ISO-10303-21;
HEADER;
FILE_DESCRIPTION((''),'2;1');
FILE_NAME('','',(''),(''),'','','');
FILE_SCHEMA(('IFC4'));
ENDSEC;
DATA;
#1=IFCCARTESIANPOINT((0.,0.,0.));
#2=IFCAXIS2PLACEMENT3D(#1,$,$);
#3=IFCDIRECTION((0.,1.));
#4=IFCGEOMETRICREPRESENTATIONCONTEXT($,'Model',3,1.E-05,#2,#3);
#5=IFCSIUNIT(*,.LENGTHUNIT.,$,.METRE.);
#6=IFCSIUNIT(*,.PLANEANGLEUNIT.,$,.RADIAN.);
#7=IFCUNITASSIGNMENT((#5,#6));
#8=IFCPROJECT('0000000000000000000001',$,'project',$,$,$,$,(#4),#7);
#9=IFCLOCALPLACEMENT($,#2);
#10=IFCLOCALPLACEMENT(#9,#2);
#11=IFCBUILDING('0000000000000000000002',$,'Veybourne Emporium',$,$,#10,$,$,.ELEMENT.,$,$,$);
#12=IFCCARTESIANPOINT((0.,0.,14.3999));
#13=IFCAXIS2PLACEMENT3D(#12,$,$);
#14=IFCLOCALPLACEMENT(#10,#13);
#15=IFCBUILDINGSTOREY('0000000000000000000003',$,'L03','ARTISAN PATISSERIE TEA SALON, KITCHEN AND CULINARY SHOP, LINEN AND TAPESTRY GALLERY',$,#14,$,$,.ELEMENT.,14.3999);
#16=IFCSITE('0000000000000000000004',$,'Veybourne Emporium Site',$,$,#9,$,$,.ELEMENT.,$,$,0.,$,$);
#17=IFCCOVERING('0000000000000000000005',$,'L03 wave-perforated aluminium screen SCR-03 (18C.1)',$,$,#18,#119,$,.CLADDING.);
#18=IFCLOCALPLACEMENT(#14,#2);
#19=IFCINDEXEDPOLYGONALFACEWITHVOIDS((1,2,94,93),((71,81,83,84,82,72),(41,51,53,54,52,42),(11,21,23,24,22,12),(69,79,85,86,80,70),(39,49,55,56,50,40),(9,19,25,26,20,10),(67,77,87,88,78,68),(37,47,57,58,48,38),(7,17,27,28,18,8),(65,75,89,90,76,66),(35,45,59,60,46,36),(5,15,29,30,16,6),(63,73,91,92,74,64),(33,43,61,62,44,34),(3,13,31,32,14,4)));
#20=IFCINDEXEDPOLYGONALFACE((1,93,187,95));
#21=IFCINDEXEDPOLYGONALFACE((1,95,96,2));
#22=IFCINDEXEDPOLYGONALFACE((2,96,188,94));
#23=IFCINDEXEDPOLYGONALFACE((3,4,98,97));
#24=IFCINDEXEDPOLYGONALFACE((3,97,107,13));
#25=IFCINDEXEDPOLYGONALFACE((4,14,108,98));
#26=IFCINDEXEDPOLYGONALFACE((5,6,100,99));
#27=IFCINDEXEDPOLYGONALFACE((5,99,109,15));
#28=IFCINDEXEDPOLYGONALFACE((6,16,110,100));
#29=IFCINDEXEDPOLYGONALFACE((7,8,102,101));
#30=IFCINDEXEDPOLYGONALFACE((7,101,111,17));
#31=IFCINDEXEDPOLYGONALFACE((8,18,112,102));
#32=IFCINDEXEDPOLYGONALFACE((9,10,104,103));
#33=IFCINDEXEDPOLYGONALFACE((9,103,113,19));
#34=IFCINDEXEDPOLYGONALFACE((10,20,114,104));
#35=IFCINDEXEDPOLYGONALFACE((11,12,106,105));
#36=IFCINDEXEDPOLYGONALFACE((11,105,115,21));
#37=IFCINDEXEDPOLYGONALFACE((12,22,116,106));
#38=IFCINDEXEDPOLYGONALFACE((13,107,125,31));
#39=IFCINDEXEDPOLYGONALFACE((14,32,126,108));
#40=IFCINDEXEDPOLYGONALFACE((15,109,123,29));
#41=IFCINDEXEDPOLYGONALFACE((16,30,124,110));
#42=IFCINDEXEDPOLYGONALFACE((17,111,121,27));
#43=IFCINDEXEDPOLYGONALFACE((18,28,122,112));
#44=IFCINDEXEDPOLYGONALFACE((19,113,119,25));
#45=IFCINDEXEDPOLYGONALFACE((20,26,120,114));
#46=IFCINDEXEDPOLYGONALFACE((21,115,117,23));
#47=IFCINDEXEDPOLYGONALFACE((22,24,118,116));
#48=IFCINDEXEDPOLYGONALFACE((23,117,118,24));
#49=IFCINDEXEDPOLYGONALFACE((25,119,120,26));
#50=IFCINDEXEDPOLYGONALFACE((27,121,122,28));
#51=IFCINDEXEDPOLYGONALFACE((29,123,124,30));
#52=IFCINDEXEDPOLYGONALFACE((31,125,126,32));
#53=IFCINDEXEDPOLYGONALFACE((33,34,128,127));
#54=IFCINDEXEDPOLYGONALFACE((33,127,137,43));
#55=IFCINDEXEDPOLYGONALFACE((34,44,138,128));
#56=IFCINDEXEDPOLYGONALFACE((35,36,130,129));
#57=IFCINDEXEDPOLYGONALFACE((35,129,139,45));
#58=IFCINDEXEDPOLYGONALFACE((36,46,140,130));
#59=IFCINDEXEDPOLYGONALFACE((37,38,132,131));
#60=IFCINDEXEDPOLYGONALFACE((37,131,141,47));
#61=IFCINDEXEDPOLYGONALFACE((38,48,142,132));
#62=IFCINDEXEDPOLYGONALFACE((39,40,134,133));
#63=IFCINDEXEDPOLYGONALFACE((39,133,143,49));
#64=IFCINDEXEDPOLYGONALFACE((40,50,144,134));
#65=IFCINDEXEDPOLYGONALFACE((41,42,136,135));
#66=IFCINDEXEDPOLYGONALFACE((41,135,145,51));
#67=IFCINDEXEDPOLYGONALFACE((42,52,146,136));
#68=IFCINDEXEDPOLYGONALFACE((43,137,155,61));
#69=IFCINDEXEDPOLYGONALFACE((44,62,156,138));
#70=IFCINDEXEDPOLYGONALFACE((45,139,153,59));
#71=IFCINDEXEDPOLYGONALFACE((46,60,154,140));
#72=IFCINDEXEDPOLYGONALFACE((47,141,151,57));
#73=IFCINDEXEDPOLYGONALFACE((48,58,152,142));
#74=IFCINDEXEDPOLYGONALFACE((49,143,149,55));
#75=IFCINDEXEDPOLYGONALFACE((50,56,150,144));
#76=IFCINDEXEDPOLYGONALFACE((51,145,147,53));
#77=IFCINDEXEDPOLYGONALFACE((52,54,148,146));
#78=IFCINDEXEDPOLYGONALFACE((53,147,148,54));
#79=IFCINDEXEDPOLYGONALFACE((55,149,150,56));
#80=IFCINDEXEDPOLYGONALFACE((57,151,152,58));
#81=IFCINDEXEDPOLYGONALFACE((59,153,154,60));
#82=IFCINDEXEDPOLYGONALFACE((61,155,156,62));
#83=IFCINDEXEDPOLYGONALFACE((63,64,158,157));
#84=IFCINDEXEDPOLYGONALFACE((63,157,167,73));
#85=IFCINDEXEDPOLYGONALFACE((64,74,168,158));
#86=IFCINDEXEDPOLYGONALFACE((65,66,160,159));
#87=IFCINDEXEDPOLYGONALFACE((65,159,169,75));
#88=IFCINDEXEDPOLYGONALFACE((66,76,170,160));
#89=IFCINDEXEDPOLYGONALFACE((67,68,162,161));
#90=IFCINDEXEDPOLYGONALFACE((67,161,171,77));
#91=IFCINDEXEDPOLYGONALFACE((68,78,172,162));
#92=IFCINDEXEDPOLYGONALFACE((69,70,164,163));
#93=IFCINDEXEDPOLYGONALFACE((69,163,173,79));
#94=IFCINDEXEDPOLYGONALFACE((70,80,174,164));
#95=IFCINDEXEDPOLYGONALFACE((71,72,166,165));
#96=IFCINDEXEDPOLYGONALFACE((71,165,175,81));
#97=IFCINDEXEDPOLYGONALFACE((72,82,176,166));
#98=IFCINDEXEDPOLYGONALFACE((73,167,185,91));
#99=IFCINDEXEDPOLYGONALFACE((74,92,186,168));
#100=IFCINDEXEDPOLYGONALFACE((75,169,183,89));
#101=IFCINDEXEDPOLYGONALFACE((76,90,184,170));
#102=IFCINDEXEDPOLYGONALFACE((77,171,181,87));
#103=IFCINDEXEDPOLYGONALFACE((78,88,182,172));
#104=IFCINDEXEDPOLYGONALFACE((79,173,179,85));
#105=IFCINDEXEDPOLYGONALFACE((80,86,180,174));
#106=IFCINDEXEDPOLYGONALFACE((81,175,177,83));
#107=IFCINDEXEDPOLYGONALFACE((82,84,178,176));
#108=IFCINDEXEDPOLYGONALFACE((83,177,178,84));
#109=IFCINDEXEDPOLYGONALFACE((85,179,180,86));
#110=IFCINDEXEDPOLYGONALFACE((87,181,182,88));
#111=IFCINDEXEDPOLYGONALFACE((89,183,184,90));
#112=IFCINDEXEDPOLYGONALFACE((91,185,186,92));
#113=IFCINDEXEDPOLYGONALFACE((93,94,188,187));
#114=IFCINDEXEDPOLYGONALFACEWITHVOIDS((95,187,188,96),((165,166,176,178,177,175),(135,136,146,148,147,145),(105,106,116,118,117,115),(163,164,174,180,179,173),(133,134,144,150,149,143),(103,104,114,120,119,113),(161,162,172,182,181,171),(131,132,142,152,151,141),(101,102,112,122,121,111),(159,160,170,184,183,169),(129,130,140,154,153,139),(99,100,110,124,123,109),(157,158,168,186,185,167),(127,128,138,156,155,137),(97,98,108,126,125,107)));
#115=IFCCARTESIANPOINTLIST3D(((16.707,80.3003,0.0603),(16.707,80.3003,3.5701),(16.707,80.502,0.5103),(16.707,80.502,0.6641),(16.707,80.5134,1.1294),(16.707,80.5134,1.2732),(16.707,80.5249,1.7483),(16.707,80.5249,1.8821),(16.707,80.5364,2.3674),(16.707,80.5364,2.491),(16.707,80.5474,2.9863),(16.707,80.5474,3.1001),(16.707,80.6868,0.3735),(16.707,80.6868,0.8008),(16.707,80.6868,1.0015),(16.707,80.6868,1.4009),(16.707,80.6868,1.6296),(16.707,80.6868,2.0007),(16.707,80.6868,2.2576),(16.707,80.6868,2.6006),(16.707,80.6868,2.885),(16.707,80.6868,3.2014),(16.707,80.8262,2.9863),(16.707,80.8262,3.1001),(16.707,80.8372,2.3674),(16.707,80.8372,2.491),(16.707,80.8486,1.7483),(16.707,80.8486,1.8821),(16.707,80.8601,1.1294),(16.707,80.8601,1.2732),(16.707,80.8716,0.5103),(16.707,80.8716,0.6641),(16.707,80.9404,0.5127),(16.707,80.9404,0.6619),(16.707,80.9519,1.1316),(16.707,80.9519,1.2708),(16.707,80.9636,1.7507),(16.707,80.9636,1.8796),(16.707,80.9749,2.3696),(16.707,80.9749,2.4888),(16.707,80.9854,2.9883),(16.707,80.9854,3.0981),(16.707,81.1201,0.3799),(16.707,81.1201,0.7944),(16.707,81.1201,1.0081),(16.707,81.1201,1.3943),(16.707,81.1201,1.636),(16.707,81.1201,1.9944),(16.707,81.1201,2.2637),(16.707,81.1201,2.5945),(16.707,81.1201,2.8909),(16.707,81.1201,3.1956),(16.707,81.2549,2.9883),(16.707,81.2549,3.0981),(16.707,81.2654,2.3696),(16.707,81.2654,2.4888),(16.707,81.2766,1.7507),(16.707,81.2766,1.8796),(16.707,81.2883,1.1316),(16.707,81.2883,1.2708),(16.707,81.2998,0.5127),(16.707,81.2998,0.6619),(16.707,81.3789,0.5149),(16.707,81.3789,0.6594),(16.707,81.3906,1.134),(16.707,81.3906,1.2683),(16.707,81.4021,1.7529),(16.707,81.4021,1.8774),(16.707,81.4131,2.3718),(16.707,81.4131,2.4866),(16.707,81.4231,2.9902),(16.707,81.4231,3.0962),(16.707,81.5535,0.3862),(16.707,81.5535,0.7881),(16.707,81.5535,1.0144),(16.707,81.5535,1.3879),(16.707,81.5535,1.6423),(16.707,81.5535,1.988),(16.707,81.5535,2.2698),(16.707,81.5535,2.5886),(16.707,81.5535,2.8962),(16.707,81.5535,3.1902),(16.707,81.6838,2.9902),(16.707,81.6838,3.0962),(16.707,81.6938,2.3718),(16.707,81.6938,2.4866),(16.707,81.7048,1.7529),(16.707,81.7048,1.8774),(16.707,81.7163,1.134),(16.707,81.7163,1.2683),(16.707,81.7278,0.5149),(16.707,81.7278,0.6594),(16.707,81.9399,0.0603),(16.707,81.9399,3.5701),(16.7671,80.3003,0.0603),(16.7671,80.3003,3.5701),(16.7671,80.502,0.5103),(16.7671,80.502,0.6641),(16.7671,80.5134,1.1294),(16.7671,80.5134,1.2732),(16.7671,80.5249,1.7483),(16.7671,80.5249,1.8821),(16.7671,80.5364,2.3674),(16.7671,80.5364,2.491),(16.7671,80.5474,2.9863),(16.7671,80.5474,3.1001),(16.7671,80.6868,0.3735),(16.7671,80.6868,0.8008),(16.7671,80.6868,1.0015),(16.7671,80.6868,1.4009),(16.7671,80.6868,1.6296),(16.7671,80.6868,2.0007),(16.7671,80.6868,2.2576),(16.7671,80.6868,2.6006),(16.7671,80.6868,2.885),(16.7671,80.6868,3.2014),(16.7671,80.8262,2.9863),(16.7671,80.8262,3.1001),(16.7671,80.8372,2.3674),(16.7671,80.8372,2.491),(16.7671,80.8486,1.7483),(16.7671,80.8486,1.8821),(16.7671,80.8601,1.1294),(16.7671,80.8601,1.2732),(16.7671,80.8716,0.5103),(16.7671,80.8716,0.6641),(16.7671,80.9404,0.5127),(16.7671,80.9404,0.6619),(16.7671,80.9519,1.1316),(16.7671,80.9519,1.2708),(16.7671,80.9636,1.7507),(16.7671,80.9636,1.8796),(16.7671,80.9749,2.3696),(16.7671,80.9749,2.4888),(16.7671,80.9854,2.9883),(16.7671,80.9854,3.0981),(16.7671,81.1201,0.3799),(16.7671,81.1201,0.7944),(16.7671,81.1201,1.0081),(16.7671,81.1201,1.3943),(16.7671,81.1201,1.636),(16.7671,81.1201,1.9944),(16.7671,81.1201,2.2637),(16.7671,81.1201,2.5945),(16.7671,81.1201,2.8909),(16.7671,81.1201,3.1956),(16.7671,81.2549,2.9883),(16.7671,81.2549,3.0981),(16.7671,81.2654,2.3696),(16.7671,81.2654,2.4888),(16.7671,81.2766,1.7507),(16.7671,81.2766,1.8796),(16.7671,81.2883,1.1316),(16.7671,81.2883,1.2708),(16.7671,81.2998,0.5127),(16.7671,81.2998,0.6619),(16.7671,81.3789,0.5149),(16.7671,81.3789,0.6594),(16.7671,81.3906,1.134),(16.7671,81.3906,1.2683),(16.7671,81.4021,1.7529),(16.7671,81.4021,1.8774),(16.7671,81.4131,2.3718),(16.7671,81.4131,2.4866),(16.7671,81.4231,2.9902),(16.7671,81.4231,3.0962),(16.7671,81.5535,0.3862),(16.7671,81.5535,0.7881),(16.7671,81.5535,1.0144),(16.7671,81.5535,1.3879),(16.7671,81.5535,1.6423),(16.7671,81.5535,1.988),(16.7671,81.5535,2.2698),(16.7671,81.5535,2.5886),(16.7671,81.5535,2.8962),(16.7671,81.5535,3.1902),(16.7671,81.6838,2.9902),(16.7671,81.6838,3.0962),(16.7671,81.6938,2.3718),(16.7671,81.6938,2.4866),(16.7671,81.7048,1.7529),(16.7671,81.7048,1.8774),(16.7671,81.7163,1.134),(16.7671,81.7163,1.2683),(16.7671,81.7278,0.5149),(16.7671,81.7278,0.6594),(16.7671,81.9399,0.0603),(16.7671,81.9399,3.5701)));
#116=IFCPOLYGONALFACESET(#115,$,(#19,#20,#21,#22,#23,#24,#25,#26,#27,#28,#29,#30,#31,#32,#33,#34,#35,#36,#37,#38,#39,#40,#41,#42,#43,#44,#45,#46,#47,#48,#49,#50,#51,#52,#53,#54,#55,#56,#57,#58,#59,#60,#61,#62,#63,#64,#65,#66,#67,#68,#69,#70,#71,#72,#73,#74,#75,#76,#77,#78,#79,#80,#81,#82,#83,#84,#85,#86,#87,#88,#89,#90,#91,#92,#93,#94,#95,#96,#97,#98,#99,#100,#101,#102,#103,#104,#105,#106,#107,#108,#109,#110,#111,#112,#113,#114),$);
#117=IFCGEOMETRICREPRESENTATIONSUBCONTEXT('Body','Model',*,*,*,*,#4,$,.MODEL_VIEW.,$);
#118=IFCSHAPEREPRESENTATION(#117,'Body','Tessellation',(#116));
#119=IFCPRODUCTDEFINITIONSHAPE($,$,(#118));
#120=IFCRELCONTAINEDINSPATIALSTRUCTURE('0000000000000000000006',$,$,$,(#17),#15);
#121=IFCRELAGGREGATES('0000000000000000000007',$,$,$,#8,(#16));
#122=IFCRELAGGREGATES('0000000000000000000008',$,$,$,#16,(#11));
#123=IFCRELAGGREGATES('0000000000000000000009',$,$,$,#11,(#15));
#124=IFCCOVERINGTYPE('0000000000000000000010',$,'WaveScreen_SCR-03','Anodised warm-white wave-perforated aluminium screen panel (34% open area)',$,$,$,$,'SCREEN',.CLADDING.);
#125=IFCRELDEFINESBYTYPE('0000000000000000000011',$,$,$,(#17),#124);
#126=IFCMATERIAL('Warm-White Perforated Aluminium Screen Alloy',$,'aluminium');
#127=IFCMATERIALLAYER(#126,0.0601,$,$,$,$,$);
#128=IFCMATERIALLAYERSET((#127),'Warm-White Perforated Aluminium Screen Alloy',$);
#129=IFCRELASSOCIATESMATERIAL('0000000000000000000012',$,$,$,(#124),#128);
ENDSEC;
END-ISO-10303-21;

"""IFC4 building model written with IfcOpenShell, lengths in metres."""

from ifc_helpers import new_model, si_unit, direction, frame, origin, place, context, subcontext, project, spatial, polyline, outline, extrude, material, layer, layer_set, type_object, element, save


model = new_model("IFC4")

# Units and contexts
model_context = context("Model", 3, precision=1e-05, world=origin(), true_north=direction((0.0, 1.0)))
body_context = subcontext(model_context, "Body", "Model", "MODEL_VIEW")
ifc_project = project(units=[si_unit("LENGTHUNIT", "METRE"), si_unit("PLANEANGLEUNIT", "RADIAN")], contexts=[model_context])

# Site, building, storey
site_placement = place(None, origin())
site = spatial("IfcSite", under=ifc_project, at=site_placement, Name="Veybourne Emporium Site", CompositionType="ELEMENT", RefElevation=0.0)
building_placement = place(site_placement, origin())
building = spatial("IfcBuilding", under=site, at=building_placement, Name="Veybourne Emporium", CompositionType="ELEMENT")
storey_placement = place(building_placement, frame((0.0, 0.0, 14.3999)))
storey = spatial("IfcBuildingStorey", under=building, at=storey_placement, Name="L03", Description="ARTISAN PATISSERIE TEA SALON, KITCHEN AND CULINARY SHOP, LINEN AND TAPESTRY GALLERY", CompositionType="ELEMENT", Elevation=14.3999)

# Covering
ifc_material_1 = material(Name="Warm-White Perforated Aluminium Screen Alloy", Category="aluminium")
ifc_layer_1 = layer(ifc_material_1, 0.0601)
ifc_layer_set_1 = layer_set([ifc_layer_1], Name="Warm-White Perforated Aluminium Screen Alloy")
covering_type_1 = type_object("IfcCoveringType", Name="WaveScreen_SCR-03", Description="Anodised warm-white wave-perforated aluminium screen panel (34% open area)", ElementType="SCREEN", PredefinedType="CLADDING", material=ifc_layer_set_1)
covering_1_placement = place(storey_placement, frame((16.707, 81.1201, 1.8152), z_axis=(1.0, 0.0, 0.0), x_axis=(0.0, 1.0, 0.0)))
element("IfcCovering", 1, at=covering_1_placement, inside=storey, type_object=covering_type_1, Name="L03 wave-perforated aluminium screen SCR-03 (18C.1)", PredefinedType="CLADDING", context=body_context, shape_type="SweptSolid", body=[
    extrude(outline(polyline([(-0.8198, -1.7549), (0.8198, -1.7549), (0.8198, 1.7549), (-0.8198, 1.7549), (-0.8198, -1.7549)]), holes=[polyline([(-0.4333, -1.0144), (-0.2485, -1.1511), (-0.2485, -1.3049), (-0.4333, -1.4417), (-0.6182, -1.3049), (-0.6182, -1.1511), (-0.4333, -1.0144)]), polyline([(-0.4333, -0.4143), (-0.26, -0.542), (-0.26, -0.6858), (-0.4333, -0.8137), (-0.6067, -0.6858), (-0.6067, -0.542), (-0.4333, -0.4143)]), polyline([(-0.4333, 0.1855), (-0.2715, 0.0669), (-0.2715, -0.0669), (-0.4333, -0.1855), (-0.5952, -0.0669), (-0.5952, 0.0669), (-0.4333, 0.1855)]), polyline([(-0.4333, 0.7854), (-0.283, 0.6758), (-0.283, 0.5522), (-0.4333, 0.4424), (-0.5837, 0.5522), (-0.5837, 0.6758), (-0.4333, 0.7854)]), polyline([(-0.4333, 1.3862), (-0.2939, 1.2849), (-0.2939, 1.1711), (-0.4333, 1.0698), (-0.5728, 1.1711), (-0.5728, 1.2849), (-0.4333, 1.3862)]), polyline([(0.0, -1.0208), (0.1797, -1.1533), (0.1797, -1.3025), (0.0, -1.4353), (-0.1797, -1.3025), (-0.1797, -1.1533), (0.0, -1.0208)]), polyline([(0.0, -0.4209), (0.1682, -0.5444), (0.1682, -0.6836), (0.0, -0.8071), (-0.1682, -0.6836), (-0.1682, -0.5444), (0.0, -0.4209)]), polyline([(0.0, 0.1792), (0.1565, 0.0645), (0.1565, -0.0645), (0.0, -0.1792), (-0.1565, -0.0645), (-0.1565, 0.0645), (0.0, 0.1792)]), polyline([(0.0, 0.7793), (0.1453, 0.6736), (0.1453, 0.5544), (0.0, 0.4485), (-0.1453, 0.5544), (-0.1453, 0.6736), (0.0, 0.7793)]), polyline([(0.0, 1.3804), (0.1348, 1.283), (0.1348, 1.1731), (0.0, 1.0757), (-0.1348, 1.1731), (-0.1348, 1.283), (0.0, 1.3804)]), polyline([(0.4333, -1.0271), (0.6077, -1.1558), (0.6077, -1.3003), (0.4333, -1.429), (0.2588, -1.3003), (0.2588, -1.1558), (0.4333, -1.0271)]), polyline([(0.4333, -0.4272), (0.5962, -0.5469), (0.5962, -0.6812), (0.4333, -0.8008), (0.2705, -0.6812), (0.2705, -0.5469), (0.4333, -0.4272)]), polyline([(0.4333, 0.1729), (0.5847, 0.0623), (0.5847, -0.0623), (0.4333, -0.1729), (0.282, -0.0623), (0.282, 0.0623), (0.4333, 0.1729)]), polyline([(0.4333, 0.7734), (0.5737, 0.6714), (0.5737, 0.5566), (0.4333, 0.4546), (0.293, 0.5566), (0.293, 0.6714), (0.4333, 0.7734)]), polyline([(0.4333, 1.375), (0.5637, 1.281), (0.5637, 1.175), (0.4333, 1.0811), (0.303, 1.175), (0.303, 1.281), (0.4333, 1.375)])]), origin(), (0.0, 0.0, 1.0), 0.0601),
])

save(model, "model.ifc")
